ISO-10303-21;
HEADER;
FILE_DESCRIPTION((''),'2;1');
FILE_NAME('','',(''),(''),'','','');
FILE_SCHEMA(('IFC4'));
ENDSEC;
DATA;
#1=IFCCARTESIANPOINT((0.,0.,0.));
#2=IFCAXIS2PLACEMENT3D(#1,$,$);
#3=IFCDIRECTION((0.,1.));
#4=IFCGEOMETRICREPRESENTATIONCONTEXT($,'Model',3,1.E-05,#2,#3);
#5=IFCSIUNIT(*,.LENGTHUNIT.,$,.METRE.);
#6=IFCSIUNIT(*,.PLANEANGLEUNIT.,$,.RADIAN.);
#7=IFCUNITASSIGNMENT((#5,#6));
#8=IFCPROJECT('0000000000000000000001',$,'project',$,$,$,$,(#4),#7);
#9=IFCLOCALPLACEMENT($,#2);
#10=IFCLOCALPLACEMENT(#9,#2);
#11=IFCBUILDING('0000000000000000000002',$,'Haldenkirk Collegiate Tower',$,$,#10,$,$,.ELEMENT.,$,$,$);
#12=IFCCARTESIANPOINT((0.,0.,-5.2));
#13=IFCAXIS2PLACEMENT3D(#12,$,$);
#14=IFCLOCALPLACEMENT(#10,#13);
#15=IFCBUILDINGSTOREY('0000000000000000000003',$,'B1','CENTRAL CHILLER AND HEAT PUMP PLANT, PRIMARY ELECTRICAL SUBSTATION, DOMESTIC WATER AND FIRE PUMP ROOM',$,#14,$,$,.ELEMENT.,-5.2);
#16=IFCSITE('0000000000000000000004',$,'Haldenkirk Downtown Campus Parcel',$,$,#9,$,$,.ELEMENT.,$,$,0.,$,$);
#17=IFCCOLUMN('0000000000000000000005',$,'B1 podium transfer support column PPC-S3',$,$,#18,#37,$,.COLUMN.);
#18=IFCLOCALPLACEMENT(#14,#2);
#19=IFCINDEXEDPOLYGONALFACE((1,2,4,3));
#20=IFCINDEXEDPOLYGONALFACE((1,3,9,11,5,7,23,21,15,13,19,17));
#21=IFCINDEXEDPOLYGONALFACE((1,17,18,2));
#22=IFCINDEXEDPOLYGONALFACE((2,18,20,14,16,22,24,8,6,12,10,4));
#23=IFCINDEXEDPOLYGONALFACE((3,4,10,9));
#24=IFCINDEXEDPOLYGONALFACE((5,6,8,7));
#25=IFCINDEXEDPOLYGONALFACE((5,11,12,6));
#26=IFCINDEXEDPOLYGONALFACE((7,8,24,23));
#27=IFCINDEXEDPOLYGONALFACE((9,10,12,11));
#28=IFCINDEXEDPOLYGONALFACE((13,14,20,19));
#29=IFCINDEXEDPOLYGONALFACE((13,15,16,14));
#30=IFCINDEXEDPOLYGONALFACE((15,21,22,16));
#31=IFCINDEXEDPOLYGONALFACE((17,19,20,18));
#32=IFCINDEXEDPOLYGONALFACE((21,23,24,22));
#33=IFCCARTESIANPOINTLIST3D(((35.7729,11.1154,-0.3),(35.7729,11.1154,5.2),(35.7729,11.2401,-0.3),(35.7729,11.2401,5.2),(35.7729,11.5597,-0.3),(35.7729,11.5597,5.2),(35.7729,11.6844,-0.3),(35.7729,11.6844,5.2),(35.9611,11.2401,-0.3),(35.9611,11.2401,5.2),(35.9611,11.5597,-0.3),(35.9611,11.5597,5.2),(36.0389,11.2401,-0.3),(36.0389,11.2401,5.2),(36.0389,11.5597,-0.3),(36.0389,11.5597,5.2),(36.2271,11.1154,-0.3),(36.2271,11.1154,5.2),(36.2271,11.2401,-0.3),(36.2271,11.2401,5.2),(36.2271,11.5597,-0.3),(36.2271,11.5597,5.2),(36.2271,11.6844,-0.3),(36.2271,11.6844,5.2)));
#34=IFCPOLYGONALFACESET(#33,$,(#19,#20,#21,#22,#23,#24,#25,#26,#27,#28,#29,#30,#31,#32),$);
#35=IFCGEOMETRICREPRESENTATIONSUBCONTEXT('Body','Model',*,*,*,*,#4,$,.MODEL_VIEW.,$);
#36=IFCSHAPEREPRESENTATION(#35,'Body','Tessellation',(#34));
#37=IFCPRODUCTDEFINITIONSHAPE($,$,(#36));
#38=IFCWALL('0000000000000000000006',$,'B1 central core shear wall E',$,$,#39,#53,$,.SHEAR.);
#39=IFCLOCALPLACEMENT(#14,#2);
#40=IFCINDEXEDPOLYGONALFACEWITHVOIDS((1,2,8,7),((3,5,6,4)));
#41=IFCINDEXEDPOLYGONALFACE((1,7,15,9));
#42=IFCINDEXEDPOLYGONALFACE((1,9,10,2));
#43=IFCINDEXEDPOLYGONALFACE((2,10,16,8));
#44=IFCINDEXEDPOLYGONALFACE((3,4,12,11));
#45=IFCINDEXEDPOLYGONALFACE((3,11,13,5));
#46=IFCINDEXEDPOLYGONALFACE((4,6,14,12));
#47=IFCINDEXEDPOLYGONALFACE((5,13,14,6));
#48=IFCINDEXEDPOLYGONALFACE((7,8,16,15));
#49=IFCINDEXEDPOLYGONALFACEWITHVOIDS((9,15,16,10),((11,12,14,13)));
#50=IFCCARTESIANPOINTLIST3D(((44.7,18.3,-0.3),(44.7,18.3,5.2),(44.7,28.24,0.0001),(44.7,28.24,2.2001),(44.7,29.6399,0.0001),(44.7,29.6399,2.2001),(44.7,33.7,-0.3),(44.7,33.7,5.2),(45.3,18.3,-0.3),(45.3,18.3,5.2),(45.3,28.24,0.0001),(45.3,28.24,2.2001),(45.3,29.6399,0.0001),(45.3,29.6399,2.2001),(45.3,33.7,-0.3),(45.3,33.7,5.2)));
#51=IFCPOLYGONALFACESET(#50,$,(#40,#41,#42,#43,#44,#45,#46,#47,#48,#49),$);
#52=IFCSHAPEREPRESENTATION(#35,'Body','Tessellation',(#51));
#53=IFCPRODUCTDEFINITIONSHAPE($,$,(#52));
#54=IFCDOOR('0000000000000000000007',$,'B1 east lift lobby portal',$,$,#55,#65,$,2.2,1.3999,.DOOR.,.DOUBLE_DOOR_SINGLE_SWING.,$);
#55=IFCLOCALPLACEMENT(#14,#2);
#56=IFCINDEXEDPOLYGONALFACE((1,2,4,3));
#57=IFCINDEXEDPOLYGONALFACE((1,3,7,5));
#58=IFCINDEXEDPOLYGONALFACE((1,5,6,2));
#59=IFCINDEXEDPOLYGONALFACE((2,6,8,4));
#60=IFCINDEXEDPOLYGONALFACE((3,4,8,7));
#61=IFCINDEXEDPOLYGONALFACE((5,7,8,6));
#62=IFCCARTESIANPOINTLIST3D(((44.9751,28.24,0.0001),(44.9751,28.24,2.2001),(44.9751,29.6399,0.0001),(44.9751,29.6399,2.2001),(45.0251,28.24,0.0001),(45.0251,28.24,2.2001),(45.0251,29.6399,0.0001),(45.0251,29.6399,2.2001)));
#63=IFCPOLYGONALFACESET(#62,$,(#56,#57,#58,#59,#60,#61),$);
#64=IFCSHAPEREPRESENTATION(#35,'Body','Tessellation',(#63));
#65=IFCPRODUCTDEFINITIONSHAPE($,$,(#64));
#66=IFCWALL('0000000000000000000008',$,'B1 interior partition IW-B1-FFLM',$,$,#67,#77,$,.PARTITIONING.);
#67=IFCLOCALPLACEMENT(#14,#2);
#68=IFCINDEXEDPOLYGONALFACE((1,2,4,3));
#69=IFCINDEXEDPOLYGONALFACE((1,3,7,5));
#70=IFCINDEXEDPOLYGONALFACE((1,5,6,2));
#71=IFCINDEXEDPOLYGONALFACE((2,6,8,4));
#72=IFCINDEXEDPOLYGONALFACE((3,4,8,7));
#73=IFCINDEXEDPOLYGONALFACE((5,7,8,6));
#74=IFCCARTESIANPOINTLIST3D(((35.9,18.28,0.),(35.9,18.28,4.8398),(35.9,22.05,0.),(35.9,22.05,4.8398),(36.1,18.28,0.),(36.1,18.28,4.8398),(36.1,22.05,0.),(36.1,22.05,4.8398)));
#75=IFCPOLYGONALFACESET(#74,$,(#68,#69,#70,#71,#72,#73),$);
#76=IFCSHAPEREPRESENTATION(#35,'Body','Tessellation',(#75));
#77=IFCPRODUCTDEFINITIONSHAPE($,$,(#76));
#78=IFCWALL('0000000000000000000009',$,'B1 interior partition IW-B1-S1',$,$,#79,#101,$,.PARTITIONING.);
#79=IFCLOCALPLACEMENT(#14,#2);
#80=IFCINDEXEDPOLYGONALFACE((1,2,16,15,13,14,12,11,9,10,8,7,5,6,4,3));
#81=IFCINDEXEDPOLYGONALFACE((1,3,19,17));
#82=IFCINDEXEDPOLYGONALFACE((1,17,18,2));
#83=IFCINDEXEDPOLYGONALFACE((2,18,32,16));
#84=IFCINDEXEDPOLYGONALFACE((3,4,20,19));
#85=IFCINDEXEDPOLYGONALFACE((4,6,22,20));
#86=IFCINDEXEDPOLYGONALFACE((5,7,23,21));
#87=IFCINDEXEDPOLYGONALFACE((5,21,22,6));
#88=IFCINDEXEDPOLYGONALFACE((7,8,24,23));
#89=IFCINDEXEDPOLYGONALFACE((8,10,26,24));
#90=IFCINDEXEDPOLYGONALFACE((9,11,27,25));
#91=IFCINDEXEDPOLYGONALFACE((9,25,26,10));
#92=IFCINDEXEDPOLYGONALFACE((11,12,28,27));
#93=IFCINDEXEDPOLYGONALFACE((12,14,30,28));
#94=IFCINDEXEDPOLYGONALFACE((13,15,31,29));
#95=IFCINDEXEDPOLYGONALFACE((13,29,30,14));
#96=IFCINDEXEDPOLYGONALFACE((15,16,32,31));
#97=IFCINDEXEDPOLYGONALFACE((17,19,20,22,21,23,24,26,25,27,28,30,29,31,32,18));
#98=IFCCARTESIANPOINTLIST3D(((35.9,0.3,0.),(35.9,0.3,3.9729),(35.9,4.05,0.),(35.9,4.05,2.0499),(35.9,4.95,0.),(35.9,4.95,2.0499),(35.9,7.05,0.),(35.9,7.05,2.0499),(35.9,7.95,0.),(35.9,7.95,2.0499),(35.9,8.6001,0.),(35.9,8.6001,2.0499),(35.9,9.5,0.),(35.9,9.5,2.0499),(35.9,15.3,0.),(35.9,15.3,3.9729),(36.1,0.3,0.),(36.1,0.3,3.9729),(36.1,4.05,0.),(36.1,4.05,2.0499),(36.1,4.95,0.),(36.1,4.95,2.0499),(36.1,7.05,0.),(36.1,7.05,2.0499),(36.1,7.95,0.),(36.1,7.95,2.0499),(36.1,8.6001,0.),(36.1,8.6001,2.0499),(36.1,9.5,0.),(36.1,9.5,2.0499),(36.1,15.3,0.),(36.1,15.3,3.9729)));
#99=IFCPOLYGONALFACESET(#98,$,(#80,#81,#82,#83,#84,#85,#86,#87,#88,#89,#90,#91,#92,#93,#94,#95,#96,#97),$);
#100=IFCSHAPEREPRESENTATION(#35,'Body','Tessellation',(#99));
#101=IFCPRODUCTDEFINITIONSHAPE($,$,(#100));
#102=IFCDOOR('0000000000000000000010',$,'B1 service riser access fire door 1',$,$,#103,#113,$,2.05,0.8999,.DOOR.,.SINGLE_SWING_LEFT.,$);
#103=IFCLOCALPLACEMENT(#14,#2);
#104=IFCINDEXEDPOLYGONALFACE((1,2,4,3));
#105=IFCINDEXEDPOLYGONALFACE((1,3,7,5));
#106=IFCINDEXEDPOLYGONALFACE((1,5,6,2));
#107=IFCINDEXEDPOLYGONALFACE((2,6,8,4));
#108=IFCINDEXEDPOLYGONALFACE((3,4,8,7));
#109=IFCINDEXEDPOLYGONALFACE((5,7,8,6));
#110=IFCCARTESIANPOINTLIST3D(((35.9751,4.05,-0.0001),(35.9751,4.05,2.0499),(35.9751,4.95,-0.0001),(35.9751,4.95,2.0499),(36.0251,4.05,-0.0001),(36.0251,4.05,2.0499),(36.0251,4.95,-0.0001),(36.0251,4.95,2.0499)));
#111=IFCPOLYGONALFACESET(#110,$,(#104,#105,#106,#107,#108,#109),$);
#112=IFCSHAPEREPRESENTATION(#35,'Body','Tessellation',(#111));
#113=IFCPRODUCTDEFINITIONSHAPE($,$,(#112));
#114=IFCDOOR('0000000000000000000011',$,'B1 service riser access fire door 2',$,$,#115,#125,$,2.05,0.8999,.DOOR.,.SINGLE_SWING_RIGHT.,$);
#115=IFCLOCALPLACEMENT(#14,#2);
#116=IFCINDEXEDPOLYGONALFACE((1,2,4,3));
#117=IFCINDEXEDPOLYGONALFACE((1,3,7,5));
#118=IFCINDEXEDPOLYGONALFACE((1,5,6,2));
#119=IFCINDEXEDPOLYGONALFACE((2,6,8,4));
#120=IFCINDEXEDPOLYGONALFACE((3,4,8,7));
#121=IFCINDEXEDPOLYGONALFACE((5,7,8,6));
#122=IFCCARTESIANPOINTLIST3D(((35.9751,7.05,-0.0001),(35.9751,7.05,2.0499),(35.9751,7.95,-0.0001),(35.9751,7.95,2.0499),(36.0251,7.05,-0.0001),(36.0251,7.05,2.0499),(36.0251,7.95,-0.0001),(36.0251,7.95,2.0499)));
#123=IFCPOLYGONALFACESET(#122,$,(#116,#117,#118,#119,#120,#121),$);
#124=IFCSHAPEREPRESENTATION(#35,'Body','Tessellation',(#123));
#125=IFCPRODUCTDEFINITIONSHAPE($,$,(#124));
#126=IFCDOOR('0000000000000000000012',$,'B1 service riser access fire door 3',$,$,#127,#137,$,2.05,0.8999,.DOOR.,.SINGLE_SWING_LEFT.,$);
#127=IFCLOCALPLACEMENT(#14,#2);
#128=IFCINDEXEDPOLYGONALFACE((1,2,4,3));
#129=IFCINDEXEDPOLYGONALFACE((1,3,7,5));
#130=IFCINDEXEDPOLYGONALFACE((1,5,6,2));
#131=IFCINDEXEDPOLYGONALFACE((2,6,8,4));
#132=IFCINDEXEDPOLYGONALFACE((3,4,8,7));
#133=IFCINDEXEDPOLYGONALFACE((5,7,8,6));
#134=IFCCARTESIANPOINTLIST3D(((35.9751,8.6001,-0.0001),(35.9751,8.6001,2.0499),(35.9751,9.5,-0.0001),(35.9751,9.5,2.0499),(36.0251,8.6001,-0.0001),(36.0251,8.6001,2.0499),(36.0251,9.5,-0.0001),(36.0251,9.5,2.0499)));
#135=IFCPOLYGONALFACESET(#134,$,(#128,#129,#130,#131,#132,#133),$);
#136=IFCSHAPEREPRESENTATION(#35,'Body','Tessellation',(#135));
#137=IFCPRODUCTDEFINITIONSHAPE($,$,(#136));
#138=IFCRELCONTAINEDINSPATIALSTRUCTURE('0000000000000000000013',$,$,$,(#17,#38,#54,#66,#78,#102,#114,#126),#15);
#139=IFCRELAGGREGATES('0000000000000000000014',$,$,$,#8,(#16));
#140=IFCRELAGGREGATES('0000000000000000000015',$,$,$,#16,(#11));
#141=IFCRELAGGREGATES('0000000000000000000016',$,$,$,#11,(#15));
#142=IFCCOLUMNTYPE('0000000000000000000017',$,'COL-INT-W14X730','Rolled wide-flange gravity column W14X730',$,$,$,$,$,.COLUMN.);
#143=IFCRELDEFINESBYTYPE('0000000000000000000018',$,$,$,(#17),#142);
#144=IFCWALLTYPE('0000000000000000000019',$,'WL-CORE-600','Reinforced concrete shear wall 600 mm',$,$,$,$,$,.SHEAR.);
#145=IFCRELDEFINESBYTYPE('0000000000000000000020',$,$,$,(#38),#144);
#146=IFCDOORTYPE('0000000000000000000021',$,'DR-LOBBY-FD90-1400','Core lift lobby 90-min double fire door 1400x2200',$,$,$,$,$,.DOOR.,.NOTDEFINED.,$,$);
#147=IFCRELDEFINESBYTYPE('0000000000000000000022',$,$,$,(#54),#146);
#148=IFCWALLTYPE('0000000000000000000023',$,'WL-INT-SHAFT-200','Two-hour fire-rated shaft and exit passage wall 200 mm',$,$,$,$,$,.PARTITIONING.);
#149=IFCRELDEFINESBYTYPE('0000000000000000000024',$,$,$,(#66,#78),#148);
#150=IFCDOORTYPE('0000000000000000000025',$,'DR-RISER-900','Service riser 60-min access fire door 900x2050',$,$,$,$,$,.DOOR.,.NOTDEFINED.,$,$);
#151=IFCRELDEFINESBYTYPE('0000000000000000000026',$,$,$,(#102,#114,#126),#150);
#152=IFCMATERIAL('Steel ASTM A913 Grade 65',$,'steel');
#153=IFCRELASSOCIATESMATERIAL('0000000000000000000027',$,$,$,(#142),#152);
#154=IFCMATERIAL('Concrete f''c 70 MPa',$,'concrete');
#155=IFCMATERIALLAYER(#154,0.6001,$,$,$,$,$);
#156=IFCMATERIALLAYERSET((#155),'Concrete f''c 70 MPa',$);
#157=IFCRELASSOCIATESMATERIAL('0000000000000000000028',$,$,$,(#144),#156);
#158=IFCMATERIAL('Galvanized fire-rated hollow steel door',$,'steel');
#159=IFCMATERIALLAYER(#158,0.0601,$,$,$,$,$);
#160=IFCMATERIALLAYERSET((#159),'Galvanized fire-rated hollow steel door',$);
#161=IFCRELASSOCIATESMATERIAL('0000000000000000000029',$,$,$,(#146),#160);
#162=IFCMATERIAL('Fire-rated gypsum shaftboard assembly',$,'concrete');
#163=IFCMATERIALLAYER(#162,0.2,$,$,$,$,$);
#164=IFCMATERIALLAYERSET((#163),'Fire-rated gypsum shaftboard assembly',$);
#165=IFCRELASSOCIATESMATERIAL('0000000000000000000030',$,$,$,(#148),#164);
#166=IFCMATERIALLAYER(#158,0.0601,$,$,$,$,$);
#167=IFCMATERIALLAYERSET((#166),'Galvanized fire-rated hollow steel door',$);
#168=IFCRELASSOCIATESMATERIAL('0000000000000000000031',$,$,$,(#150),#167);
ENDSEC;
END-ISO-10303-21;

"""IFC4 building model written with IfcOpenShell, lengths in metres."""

from ifc_helpers import new_model, si_unit, direction, frame, frame_2d, origin, origin_2d, place, context, subcontext, project, spatial, rectangle, i_section, extrude, material, layer, layer_set, material_profile, profile_set, type_object, element, fill, save


model = new_model("IFC4")

# Units and contexts
model_context = context("Model", 3, precision=1e-05, world=origin(), true_north=direction((0.0, 1.0)))
body_context = subcontext(model_context, "Body", "Model", "MODEL_VIEW")
ifc_project = project(units=[si_unit("LENGTHUNIT", "METRE"), si_unit("PLANEANGLEUNIT", "RADIAN")], contexts=[model_context])

# Site, building, storey
site_placement = place(None, origin())
site = spatial("IfcSite", under=ifc_project, at=site_placement, Name="Haldenkirk Downtown Campus Parcel", CompositionType="ELEMENT", RefElevation=0.0)
building_placement = place(site_placement, origin())
building = spatial("IfcBuilding", under=site, at=building_placement, Name="Haldenkirk Collegiate Tower", CompositionType="ELEMENT")
storey_placement = place(building_placement, frame((0.0, 0.0, -5.2)))
storey = spatial("IfcBuildingStorey", under=building, at=storey_placement, Name="B1", Description="CENTRAL CHILLER AND HEAT PUMP PLANT, PRIMARY ELECTRICAL SUBSTATION, DOMESTIC WATER AND FIRE PUMP ROOM", CompositionType="ELEMENT", Elevation=-5.2)

# Column
ifc_material_1 = material(Name="Steel ASTM A913 Grade 65", Category="steel")
ifc_material_profile_1 = material_profile(ifc_material_1, i_section(OverallWidth=0.4541, OverallDepth=0.5691, WebThickness=0.0779, FlangeThickness=0.1248, at=origin_2d()), Name="W14X730")
ifc_profile_set_1 = profile_set([ifc_material_profile_1], Name="Steel ASTM A913 Grade 65")
column_type_1 = type_object("IfcColumnType", Name="COL-INT-W14X730", Description="Rolled wide-flange gravity column W14X730", PredefinedType="COLUMN", material=ifc_profile_set_1)
column_1_placement = place(storey_placement, frame((36.0, 11.3999, -0.3), z_axis=(0.0, 0.0, 1.0), x_axis=(1.0, 0.0, 0.0)))
element("IfcColumn", 1, at=column_1_placement, inside=storey, type_object=column_type_1, Name="B1 podium transfer support column PPC-S3", PredefinedType="COLUMN", context=body_context, shape_type="SweptSolid", body=[
    extrude(i_section(OverallWidth=0.4541, OverallDepth=0.5691, WebThickness=0.0779, FlangeThickness=0.1248, at=origin_2d()), origin(), (0.0, 0.0, 1.0), 5.5),
])

# Wall, opening, door
ifc_material_2 = material(Name="Concrete f'c 70 MPa", Category="concrete")
ifc_layer_1 = layer(ifc_material_2, 0.6001)
ifc_layer_set_1 = layer_set([ifc_layer_1], Name="Concrete f'c 70 MPa")
wall_type_1 = type_object("IfcWallType", Name="WL-CORE-600", Description="Reinforced concrete shear wall 600 mm", PredefinedType="SHEAR", material=ifc_layer_set_1)
wall_1_placement = place(storey_placement, frame((45.0, 18.3, -0.3), z_axis=(0.0, 0.0, 1.0), x_axis=(0.0, 1.0, 0.0)))
wall_1 = element("IfcWall", 2, at=wall_1_placement, inside=storey, type_object=wall_type_1, Name="B1 central core shear wall E", PredefinedType="SHEAR", context=body_context, shape_type="SweptSolid", body=[
    extrude(rectangle(XDim=15.3999, YDim=0.6001, at=frame_2d((7.7, 0.0))), origin(), (0.0, 0.0, 1.0), 5.5),
])
opening_1_placement = place(wall_1_placement, frame((9.9399, 0.0, 0.3)))
opening_1 = element("IfcOpeningElement", 3, at=opening_1_placement, cuts=wall_1, PredefinedType="OPENING", context=body_context, shape_type="SweptSolid", body=[
    extrude(rectangle(XDim=1.3999, YDim=2.2, at=frame_2d((0.7, 1.1001))), frame((0.0, 0.3101, 0.0), z_axis=(0.0, -1.0, 0.0), x_axis=(1.0, 0.0, 0.0)), (0.0, 0.0, 1.0), 0.6201),
])
ifc_material_3 = material(Name="Galvanized fire-rated hollow steel door", Category="steel")
ifc_layer_2 = layer(ifc_material_3, 0.0601)
ifc_layer_set_2 = layer_set([ifc_layer_2], Name="Galvanized fire-rated hollow steel door")
door_type_1 = type_object("IfcDoorType", Name="DR-LOBBY-FD90-1400", Description="Core lift lobby 90-min double fire door 1400x2200", OperationType="NOTDEFINED", PredefinedType="DOOR", material=ifc_layer_set_2)
door_1_placement = place(opening_1_placement, origin())
door_1 = element("IfcDoor", 4, at=door_1_placement, inside=storey, type_object=door_type_1, Name="B1 east lift lobby portal", OperationType="DOUBLE_DOOR_SINGLE_SWING", OverallHeight=2.2, OverallWidth=1.3999, PredefinedType="DOOR", context=body_context, shape_type="SweptSolid", body=[
    extrude(rectangle(XDim=1.3999, YDim=2.2, at=frame_2d((0.7, 1.1001))), frame((0.0, 0.0249, 0.0), z_axis=(0.0, -1.0, 0.0), x_axis=(1.0, 0.0, 0.0)), (0.0, 0.0, 1.0), 0.05),
])
fill(opening_1, door_1)

# Wall
ifc_material_4 = material(Name="Fire-rated gypsum shaftboard assembly", Category="concrete")
ifc_layer_3 = layer(ifc_material_4, 0.2)
ifc_layer_set_3 = layer_set([ifc_layer_3], Name="Fire-rated gypsum shaftboard assembly")
wall_type_2 = type_object("IfcWallType", Name="WL-INT-SHAFT-200", Description="Two-hour fire-rated shaft and exit passage wall 200 mm", PredefinedType="PARTITIONING", material=ifc_layer_set_3)
wall_2_placement = place(storey_placement, frame((36.0, 18.28, 0.0), z_axis=(0.0, 0.0, 1.0), x_axis=(0.0, 1.0, 0.0)))
element("IfcWall", 5, at=wall_2_placement, inside=storey, type_object=wall_type_2, Name="B1 interior partition IW-B1-FFLM", PredefinedType="PARTITIONING", context=body_context, shape_type="SweptSolid", body=[
    extrude(rectangle(XDim=3.77, YDim=0.2, at=frame_2d((1.885, 0.0))), origin(), (0.0, 0.0, 1.0), 4.8398),
])

# Wall, openings, doors
wall_3_placement = place(storey_placement, frame((36.0, 0.3, 0.0), z_axis=(0.0, 0.0, 1.0), x_axis=(0.0, 1.0, 0.0)))
wall_3 = element("IfcWall", 6, at=wall_3_placement, inside=storey, type_object=wall_type_2, Name="B1 interior partition IW-B1-S1", PredefinedType="PARTITIONING", context=body_context, shape_type="SweptSolid", body=[
    extrude(rectangle(XDim=15.0, YDim=0.2, at=frame_2d((7.5, 0.0))), origin(), (0.0, 0.0, 1.0), 3.9729),
])
opening_2_placement = place(wall_3_placement, frame((3.75, 0.0, 0.0)))
opening_2 = element("IfcOpeningElement", 7, at=opening_2_placement, cuts=wall_3, PredefinedType="OPENING", context=body_context, shape_type="SweptSolid", body=[
    extrude(rectangle(XDim=0.8999, YDim=2.05, at=frame_2d((0.45, 1.0249))), frame((0.0, 0.1099, 0.0), z_axis=(0.0, -1.0, 0.0), x_axis=(1.0, 0.0, 0.0)), (0.0, 0.0, 1.0), 0.22),
])
opening_3_placement = place(wall_3_placement, frame((6.75, 0.0, 0.0)))
opening_3 = element("IfcOpeningElement", 8, at=opening_3_placement, cuts=wall_3, PredefinedType="OPENING", context=body_context, shape_type="SweptSolid", body=[
    extrude(rectangle(XDim=0.8999, YDim=2.05, at=frame_2d((0.45, 1.0249))), frame((0.0, 0.1099, 0.0), z_axis=(0.0, -1.0, 0.0), x_axis=(1.0, 0.0, 0.0)), (0.0, 0.0, 1.0), 0.22),
])
opening_4_placement = place(wall_3_placement, frame((8.3, 0.0, 0.0)))
opening_4 = element("IfcOpeningElement", 9, at=opening_4_placement, cuts=wall_3, PredefinedType="OPENING", context=body_context, shape_type="SweptSolid", body=[
    extrude(rectangle(XDim=0.8999, YDim=2.05, at=frame_2d((0.45, 1.0249))), frame((0.0, 0.1099, 0.0), z_axis=(0.0, -1.0, 0.0), x_axis=(1.0, 0.0, 0.0)), (0.0, 0.0, 1.0), 0.22),
])
ifc_layer_4 = layer(ifc_material_3, 0.0601)
ifc_layer_set_4 = layer_set([ifc_layer_4], Name="Galvanized fire-rated hollow steel door")
door_type_2 = type_object("IfcDoorType", Name="DR-RISER-900", Description="Service riser 60-min access fire door 900x2050", OperationType="NOTDEFINED", PredefinedType="DOOR", material=ifc_layer_set_4)
door_2_placement = place(opening_2_placement, origin())
door_2 = element("IfcDoor", 10, at=door_2_placement, inside=storey, type_object=door_type_2, Name="B1 service riser access fire door 1", OperationType="SINGLE_SWING_LEFT", OverallHeight=2.05, OverallWidth=0.8999, PredefinedType="DOOR", context=body_context, shape_type="SweptSolid", body=[
    extrude(rectangle(XDim=0.8999, YDim=2.05, at=frame_2d((0.45, 1.0249))), frame((0.0, 0.0249, 0.0), z_axis=(0.0, -1.0, 0.0), x_axis=(1.0, 0.0, 0.0)), (0.0, 0.0, 1.0), 0.05),
])
fill(opening_2, door_2)
door_3_placement = place(opening_3_placement, origin())
door_3 = element("IfcDoor", 11, at=door_3_placement, inside=storey, type_object=door_type_2, Name="B1 service riser access fire door 2", OperationType="SINGLE_SWING_RIGHT", OverallHeight=2.05, OverallWidth=0.8999, PredefinedType="DOOR", context=body_context, shape_type="SweptSolid", body=[
    extrude(rectangle(XDim=0.8999, YDim=2.05, at=frame_2d((0.45, 1.0249))), frame((0.0, 0.0249, 0.0), z_axis=(0.0, -1.0, 0.0), x_axis=(1.0, 0.0, 0.0)), (0.0, 0.0, 1.0), 0.05),
])
fill(opening_3, door_3)
door_4_placement = place(opening_4_placement, origin())
door_4 = element("IfcDoor", 12, at=door_4_placement, inside=storey, type_object=door_type_2, Name="B1 service riser access fire door 3", OperationType="SINGLE_SWING_LEFT", OverallHeight=2.05, OverallWidth=0.8999, PredefinedType="DOOR", context=body_context, shape_type="SweptSolid", body=[
    extrude(rectangle(XDim=0.8999, YDim=2.05, at=frame_2d((0.45, 1.0249))), frame((0.0, 0.0249, 0.0), z_axis=(0.0, -1.0, 0.0), x_axis=(1.0, 0.0, 0.0)), (0.0, 0.0, 1.0), 0.05),
])
fill(opening_4, door_4)

save(model, "model.ifc")
